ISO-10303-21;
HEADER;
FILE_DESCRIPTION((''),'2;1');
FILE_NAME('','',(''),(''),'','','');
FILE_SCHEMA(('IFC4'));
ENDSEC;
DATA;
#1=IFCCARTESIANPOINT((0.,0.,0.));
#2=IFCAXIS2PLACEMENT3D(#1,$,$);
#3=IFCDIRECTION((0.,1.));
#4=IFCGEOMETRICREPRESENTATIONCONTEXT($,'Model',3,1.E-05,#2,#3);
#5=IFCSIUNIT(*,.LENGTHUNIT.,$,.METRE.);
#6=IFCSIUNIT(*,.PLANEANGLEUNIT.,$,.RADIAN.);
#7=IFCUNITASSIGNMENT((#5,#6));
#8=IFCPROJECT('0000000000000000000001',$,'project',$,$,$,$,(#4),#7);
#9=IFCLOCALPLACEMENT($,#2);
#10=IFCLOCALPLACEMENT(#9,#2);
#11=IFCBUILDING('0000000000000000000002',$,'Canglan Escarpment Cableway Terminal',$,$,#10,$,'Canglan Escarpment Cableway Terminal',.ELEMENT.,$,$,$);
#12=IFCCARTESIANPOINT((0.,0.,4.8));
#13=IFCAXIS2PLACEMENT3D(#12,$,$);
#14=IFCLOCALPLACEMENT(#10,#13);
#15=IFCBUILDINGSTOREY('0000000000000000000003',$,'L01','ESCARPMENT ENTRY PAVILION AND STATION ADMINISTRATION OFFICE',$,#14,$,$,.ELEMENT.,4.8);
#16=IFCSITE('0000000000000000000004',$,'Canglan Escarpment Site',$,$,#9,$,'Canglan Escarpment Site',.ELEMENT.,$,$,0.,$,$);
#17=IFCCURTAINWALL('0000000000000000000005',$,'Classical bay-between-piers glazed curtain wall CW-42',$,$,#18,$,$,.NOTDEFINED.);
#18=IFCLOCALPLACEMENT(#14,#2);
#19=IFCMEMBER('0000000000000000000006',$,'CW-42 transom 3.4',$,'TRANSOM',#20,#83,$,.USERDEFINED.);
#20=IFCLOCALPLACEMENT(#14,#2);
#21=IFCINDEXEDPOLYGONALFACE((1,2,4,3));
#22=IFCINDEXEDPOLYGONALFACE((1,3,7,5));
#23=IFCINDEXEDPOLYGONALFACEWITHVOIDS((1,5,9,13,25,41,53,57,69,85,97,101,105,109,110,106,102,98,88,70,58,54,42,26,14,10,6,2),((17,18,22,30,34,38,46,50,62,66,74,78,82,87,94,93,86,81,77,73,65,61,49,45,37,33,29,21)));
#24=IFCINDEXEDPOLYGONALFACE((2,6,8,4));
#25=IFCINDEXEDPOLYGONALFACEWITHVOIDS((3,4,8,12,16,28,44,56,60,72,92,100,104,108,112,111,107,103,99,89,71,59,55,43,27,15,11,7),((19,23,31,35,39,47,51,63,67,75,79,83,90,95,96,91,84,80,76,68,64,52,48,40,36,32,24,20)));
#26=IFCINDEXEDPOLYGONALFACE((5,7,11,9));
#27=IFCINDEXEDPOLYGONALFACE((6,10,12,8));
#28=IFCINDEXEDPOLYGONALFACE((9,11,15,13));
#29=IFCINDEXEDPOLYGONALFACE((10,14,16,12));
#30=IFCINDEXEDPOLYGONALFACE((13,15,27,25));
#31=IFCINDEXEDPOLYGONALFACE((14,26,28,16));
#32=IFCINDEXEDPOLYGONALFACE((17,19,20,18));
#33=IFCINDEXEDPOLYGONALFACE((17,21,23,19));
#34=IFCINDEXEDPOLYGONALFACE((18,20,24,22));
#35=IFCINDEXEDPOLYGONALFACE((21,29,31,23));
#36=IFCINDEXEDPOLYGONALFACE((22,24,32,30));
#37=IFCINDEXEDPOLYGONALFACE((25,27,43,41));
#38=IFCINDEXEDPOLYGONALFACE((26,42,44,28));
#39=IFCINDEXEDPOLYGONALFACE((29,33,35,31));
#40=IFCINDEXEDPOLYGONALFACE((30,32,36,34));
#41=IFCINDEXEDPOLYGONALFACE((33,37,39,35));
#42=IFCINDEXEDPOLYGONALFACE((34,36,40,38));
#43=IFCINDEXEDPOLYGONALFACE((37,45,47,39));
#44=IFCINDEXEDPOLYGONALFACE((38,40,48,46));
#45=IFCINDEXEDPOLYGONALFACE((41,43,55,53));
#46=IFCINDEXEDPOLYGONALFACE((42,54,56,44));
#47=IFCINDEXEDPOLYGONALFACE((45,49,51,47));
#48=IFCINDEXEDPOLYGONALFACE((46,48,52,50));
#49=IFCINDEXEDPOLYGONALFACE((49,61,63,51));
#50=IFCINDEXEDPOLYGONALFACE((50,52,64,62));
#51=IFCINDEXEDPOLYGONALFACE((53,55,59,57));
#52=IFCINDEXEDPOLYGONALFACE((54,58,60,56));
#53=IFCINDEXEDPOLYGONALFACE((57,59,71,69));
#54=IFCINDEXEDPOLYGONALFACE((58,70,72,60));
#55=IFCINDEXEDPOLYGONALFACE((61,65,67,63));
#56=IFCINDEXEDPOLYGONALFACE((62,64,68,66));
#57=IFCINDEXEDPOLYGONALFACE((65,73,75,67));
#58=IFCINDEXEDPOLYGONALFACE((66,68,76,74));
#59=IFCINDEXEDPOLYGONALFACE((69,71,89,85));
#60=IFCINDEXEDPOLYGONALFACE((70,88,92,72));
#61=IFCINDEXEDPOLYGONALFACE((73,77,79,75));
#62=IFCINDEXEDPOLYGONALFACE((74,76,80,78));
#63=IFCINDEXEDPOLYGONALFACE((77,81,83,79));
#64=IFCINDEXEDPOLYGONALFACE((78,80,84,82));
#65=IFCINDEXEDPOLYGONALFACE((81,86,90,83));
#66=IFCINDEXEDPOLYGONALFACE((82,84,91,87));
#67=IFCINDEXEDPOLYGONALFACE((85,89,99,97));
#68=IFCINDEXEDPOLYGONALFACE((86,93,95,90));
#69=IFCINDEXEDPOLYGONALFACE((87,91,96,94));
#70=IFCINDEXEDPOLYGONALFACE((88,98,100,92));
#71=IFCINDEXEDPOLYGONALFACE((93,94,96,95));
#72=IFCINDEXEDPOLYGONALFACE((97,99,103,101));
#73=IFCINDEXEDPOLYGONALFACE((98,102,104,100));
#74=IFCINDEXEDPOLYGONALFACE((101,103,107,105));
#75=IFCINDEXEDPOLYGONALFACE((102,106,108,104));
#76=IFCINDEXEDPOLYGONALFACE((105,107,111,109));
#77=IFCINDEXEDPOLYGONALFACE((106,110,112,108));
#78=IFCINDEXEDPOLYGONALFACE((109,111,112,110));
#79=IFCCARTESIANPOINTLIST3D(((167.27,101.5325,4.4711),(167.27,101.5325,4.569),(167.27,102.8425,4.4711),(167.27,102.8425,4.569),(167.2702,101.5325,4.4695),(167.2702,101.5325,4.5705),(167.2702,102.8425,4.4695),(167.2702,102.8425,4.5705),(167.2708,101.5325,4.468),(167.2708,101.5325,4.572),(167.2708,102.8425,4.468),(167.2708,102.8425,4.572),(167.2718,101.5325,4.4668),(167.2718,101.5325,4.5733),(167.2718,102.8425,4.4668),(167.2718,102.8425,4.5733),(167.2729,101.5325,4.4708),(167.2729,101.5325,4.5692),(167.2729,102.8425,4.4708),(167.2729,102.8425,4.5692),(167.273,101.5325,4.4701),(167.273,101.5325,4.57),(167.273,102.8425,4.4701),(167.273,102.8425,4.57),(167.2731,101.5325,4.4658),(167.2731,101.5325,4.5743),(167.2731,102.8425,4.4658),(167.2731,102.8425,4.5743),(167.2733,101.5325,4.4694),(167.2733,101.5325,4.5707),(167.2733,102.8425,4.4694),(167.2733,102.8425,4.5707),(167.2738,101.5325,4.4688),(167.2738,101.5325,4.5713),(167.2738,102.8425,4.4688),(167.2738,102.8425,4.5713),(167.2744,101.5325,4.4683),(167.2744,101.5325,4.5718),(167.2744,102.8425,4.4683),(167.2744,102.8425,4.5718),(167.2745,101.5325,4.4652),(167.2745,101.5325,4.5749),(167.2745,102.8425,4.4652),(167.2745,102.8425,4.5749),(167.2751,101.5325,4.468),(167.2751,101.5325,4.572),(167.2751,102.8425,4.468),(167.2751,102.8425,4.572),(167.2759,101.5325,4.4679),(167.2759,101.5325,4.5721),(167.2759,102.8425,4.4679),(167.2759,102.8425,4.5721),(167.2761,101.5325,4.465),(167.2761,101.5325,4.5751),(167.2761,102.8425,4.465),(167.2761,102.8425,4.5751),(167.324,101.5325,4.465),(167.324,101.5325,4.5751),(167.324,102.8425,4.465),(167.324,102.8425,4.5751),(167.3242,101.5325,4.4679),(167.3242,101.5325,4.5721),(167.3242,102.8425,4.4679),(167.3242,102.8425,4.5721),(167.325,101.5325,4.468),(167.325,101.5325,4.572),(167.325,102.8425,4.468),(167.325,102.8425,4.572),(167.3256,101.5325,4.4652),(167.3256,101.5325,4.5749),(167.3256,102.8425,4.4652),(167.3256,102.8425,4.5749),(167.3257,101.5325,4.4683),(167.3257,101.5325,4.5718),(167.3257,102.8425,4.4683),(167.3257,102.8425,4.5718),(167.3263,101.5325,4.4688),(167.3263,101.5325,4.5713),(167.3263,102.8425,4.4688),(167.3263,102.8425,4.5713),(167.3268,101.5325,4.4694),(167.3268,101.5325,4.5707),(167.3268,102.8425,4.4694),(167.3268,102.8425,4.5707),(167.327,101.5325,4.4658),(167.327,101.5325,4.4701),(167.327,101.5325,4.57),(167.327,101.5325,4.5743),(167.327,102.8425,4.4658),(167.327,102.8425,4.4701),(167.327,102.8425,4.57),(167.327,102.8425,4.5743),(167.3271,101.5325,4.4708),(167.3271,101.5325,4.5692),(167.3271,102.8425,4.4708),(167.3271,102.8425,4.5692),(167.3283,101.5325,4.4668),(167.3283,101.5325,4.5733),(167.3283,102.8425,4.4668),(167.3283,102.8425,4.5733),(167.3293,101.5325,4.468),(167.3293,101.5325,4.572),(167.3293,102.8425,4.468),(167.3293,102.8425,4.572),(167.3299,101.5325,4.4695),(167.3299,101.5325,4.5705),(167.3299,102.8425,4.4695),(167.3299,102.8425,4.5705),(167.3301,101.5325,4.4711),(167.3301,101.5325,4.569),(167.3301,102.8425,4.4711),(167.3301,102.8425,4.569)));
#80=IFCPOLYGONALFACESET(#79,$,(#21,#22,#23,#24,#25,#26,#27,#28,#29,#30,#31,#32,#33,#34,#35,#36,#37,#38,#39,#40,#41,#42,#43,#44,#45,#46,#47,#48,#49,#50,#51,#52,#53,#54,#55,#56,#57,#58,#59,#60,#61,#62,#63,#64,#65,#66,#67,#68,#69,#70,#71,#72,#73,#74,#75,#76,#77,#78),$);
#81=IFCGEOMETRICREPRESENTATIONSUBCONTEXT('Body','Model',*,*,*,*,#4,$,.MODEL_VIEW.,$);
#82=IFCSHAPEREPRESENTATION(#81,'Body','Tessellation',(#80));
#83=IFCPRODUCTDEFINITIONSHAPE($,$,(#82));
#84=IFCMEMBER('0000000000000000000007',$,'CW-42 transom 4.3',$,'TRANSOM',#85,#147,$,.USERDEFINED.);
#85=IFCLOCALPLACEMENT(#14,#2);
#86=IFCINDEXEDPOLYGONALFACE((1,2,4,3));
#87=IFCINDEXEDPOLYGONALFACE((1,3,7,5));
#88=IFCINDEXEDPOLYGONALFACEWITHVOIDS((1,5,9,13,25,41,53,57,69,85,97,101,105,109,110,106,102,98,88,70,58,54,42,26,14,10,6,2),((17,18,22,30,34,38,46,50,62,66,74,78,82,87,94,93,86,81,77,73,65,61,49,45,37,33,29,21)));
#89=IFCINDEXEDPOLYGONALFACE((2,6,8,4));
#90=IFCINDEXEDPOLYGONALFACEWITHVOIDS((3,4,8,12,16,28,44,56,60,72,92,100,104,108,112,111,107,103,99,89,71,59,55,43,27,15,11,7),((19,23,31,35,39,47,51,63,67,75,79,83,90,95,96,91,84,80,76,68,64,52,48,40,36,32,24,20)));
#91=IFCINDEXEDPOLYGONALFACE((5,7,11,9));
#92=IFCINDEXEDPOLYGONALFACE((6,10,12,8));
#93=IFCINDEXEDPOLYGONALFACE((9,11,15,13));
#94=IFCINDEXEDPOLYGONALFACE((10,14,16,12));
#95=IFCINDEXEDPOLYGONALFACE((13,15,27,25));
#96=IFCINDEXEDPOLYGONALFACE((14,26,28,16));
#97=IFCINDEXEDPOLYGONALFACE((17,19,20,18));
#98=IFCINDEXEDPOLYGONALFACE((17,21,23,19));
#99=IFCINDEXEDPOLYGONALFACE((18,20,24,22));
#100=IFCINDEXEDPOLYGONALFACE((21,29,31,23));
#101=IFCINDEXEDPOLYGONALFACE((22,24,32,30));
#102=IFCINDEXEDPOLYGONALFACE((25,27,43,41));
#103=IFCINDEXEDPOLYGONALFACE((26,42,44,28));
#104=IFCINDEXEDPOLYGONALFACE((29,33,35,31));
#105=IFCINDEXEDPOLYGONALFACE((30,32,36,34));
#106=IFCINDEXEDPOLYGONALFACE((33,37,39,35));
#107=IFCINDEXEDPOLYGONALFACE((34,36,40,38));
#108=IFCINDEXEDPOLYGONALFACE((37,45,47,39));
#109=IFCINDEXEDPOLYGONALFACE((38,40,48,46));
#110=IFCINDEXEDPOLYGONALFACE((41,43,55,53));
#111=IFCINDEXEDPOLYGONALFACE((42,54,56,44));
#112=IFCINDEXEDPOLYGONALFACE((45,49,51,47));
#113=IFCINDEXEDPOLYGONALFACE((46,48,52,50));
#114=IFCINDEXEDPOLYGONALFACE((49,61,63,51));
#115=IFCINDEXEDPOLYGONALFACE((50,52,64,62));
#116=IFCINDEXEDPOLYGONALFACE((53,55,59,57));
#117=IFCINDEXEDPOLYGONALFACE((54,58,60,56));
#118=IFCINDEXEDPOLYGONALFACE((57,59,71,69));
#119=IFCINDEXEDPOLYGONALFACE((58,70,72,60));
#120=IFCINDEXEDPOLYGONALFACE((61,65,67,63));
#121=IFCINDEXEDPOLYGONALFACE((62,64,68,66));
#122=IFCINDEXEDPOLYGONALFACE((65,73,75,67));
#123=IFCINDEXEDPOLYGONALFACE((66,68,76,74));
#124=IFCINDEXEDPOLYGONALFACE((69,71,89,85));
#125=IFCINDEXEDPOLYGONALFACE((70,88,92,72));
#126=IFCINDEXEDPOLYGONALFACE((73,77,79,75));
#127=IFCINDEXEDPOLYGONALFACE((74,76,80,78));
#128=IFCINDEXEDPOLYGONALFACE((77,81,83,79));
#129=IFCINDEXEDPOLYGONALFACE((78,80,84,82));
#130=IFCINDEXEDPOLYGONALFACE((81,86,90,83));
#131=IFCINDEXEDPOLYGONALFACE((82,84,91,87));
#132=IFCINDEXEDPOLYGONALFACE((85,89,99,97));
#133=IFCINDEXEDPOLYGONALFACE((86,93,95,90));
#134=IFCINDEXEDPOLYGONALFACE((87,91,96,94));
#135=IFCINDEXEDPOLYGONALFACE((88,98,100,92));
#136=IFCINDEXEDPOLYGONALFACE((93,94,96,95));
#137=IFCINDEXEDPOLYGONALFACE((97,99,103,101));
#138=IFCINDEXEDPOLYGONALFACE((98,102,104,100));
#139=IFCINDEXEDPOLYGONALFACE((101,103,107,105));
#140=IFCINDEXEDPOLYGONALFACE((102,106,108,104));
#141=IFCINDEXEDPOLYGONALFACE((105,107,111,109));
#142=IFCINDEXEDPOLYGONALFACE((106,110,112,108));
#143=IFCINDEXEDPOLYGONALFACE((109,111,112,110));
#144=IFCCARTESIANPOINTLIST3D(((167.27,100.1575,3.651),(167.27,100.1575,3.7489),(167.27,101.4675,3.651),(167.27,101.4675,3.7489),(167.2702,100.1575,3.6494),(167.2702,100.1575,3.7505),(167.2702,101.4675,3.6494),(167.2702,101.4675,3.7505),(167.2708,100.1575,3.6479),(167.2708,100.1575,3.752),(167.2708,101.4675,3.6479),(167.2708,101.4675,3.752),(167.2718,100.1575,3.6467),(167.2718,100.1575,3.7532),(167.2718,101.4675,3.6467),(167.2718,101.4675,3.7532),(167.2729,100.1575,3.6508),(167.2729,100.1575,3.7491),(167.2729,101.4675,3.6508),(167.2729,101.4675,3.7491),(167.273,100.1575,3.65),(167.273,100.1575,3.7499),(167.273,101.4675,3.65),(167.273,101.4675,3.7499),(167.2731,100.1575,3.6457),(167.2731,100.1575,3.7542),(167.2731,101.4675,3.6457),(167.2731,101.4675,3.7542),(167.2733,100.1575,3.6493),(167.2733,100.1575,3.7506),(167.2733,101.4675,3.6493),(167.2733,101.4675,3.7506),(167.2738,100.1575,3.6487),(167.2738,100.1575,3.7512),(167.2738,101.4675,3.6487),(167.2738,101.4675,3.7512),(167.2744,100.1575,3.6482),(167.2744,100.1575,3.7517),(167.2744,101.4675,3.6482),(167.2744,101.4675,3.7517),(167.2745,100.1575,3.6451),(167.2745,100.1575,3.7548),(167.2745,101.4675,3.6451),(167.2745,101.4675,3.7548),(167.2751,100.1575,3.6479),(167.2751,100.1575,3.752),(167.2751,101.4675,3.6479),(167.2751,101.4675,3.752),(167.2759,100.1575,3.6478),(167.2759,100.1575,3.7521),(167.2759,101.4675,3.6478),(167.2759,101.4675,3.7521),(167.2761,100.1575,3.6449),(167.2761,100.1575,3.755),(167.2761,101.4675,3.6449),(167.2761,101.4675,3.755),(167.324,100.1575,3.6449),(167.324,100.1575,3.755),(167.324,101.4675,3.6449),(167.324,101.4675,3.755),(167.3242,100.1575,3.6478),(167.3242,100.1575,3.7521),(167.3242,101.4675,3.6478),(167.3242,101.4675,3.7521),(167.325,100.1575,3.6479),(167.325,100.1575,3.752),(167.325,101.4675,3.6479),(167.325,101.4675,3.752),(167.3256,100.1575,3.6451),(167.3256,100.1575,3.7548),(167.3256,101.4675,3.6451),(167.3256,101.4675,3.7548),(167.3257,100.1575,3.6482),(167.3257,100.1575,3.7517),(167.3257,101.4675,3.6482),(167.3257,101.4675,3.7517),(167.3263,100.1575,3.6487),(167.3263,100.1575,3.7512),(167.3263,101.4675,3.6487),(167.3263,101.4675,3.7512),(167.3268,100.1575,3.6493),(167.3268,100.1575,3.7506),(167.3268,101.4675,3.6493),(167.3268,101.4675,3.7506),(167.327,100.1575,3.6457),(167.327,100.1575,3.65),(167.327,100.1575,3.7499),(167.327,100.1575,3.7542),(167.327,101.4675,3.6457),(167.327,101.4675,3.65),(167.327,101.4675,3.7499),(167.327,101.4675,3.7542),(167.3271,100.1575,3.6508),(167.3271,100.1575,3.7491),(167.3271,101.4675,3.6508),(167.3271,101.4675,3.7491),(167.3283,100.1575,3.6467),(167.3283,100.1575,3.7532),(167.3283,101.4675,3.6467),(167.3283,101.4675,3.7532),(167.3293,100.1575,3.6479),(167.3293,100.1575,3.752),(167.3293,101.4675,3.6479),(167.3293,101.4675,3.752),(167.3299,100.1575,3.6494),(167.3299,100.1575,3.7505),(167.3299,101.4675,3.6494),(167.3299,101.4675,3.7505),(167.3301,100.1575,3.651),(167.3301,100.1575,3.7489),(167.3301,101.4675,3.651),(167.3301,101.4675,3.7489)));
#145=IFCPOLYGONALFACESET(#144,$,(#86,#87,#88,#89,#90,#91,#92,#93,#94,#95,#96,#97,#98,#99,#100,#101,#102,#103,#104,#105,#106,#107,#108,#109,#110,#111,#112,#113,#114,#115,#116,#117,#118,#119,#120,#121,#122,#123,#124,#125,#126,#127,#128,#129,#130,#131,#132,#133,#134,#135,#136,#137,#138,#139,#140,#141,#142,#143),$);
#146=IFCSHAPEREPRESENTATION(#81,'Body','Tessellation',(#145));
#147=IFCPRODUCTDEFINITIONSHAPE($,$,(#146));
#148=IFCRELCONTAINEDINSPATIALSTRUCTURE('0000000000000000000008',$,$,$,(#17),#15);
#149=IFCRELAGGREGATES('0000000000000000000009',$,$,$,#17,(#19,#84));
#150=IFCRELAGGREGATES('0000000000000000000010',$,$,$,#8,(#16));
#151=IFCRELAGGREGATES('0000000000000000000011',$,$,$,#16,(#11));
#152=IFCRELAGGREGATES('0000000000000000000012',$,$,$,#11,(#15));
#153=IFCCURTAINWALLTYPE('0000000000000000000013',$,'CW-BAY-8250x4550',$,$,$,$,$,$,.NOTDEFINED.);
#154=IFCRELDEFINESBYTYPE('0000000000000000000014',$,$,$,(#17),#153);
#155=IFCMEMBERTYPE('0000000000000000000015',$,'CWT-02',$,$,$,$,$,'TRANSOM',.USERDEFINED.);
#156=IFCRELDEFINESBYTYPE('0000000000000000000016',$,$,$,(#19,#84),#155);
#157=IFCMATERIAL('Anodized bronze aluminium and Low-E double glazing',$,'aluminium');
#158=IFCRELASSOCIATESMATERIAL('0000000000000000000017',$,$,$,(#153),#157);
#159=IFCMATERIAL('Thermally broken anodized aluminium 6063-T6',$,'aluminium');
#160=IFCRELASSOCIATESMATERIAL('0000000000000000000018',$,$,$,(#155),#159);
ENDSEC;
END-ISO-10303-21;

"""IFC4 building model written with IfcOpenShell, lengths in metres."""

from ifc_helpers import new_model, si_unit, direction, frame, origin, origin_2d, place, context, subcontext, project, spatial, hollow_rectangle, extrude, material, material_profile, profile_set, type_object, element, aggregate, save


model = new_model("IFC4")

# Units and contexts
model_context = context("Model", 3, precision=1e-05, world=origin(), true_north=direction((0.0, 1.0)))
body_context = subcontext(model_context, "Body", "Model", "MODEL_VIEW")
ifc_project = project(units=[si_unit("LENGTHUNIT", "METRE"), si_unit("PLANEANGLEUNIT", "RADIAN")], contexts=[model_context])

# Site, building, storey
site_placement = place(None, origin())
site = spatial("IfcSite", under=ifc_project, at=site_placement, Name="Canglan Escarpment Site", LongName="Canglan Escarpment Site", CompositionType="ELEMENT", RefElevation=0.0)
building_placement = place(site_placement, origin())
building = spatial("IfcBuilding", under=site, at=building_placement, Name="Canglan Escarpment Cableway Terminal", LongName="Canglan Escarpment Cableway Terminal", CompositionType="ELEMENT")
storey_placement = place(building_placement, frame((0.0, 0.0, 4.8)))
storey = spatial("IfcBuildingStorey", under=building, at=storey_placement, Name="L01", Description="ESCARPMENT ENTRY PAVILION AND STATION ADMINISTRATION OFFICE", CompositionType="ELEMENT", Elevation=4.8)

# Curtain wall, members
ifc_material_1 = material(Name="Anodized bronze aluminium and Low-E double glazing", Category="aluminium")
curtain_wall_type = type_object("IfcCurtainWallType", Name="CW-BAY-8250x4550", PredefinedType="NOTDEFINED", material=ifc_material_1)
curtain_wall_placement = place(storey_placement, origin())
curtain_wall = element("IfcCurtainWall", 1, at=curtain_wall_placement, inside=storey, type_object=curtain_wall_type, Name="Classical bay-between-piers glazed curtain wall CW-42", PredefinedType="NOTDEFINED")
ifc_material_2 = material(Name="Thermally broken anodized aluminium 6063-T6", Category="aluminium")
ifc_material_profile_1 = material_profile(ifc_material_2, hollow_rectangle(XDim=0.0601, YDim=0.1101, WallThickness=0.0029, InnerFilletRadius=0.0029, OuterFilletRadius=0.0061, at=origin_2d()), Name="ALU-TRAN 60x110x3")
ifc_profile_set_1 = profile_set([ifc_material_profile_1], Name="Thermally broken anodized aluminium 6063-T6")
member_type_1 = type_object("IfcMemberType", Name="CWT-02", ElementType="TRANSOM", PredefinedType="USERDEFINED", material=ifc_profile_set_1)
member_1_placement = place(storey_placement, frame((167.3, 102.8425, 4.52), z_axis=(0.0, -1.0, 0.0), x_axis=(1.0, 0.0, 0.0)))
member_1 = element("IfcMember", 2, at=member_1_placement, type_object=member_type_1, Name="CW-42 transom 3.4", ObjectType="TRANSOM", PredefinedType="USERDEFINED", context=body_context, shape_type="SweptSolid", body=[
    extrude(hollow_rectangle(XDim=0.0601, YDim=0.1101, WallThickness=0.0029, InnerFilletRadius=0.0029, OuterFilletRadius=0.0061, at=origin_2d()), origin(), (0.0, 0.0, 1.0), 1.3101),
])
member_2_placement = place(storey_placement, frame((167.3, 101.4675, 3.7), z_axis=(0.0, -1.0, 0.0), x_axis=(1.0, 0.0, 0.0)))
member_2 = element("IfcMember", 3, at=member_2_placement, type_object=member_type_1, Name="CW-42 transom 4.3", ObjectType="TRANSOM", PredefinedType="USERDEFINED", context=body_context, shape_type="SweptSolid", body=[
    extrude(hollow_rectangle(XDim=0.0601, YDim=0.1101, WallThickness=0.0029, InnerFilletRadius=0.0029, OuterFilletRadius=0.0061, at=origin_2d()), origin(), (0.0, 0.0, 1.0), 1.3101),
])

aggregate(curtain_wall, [member_1, member_2])

save(model, "model.ifc")
